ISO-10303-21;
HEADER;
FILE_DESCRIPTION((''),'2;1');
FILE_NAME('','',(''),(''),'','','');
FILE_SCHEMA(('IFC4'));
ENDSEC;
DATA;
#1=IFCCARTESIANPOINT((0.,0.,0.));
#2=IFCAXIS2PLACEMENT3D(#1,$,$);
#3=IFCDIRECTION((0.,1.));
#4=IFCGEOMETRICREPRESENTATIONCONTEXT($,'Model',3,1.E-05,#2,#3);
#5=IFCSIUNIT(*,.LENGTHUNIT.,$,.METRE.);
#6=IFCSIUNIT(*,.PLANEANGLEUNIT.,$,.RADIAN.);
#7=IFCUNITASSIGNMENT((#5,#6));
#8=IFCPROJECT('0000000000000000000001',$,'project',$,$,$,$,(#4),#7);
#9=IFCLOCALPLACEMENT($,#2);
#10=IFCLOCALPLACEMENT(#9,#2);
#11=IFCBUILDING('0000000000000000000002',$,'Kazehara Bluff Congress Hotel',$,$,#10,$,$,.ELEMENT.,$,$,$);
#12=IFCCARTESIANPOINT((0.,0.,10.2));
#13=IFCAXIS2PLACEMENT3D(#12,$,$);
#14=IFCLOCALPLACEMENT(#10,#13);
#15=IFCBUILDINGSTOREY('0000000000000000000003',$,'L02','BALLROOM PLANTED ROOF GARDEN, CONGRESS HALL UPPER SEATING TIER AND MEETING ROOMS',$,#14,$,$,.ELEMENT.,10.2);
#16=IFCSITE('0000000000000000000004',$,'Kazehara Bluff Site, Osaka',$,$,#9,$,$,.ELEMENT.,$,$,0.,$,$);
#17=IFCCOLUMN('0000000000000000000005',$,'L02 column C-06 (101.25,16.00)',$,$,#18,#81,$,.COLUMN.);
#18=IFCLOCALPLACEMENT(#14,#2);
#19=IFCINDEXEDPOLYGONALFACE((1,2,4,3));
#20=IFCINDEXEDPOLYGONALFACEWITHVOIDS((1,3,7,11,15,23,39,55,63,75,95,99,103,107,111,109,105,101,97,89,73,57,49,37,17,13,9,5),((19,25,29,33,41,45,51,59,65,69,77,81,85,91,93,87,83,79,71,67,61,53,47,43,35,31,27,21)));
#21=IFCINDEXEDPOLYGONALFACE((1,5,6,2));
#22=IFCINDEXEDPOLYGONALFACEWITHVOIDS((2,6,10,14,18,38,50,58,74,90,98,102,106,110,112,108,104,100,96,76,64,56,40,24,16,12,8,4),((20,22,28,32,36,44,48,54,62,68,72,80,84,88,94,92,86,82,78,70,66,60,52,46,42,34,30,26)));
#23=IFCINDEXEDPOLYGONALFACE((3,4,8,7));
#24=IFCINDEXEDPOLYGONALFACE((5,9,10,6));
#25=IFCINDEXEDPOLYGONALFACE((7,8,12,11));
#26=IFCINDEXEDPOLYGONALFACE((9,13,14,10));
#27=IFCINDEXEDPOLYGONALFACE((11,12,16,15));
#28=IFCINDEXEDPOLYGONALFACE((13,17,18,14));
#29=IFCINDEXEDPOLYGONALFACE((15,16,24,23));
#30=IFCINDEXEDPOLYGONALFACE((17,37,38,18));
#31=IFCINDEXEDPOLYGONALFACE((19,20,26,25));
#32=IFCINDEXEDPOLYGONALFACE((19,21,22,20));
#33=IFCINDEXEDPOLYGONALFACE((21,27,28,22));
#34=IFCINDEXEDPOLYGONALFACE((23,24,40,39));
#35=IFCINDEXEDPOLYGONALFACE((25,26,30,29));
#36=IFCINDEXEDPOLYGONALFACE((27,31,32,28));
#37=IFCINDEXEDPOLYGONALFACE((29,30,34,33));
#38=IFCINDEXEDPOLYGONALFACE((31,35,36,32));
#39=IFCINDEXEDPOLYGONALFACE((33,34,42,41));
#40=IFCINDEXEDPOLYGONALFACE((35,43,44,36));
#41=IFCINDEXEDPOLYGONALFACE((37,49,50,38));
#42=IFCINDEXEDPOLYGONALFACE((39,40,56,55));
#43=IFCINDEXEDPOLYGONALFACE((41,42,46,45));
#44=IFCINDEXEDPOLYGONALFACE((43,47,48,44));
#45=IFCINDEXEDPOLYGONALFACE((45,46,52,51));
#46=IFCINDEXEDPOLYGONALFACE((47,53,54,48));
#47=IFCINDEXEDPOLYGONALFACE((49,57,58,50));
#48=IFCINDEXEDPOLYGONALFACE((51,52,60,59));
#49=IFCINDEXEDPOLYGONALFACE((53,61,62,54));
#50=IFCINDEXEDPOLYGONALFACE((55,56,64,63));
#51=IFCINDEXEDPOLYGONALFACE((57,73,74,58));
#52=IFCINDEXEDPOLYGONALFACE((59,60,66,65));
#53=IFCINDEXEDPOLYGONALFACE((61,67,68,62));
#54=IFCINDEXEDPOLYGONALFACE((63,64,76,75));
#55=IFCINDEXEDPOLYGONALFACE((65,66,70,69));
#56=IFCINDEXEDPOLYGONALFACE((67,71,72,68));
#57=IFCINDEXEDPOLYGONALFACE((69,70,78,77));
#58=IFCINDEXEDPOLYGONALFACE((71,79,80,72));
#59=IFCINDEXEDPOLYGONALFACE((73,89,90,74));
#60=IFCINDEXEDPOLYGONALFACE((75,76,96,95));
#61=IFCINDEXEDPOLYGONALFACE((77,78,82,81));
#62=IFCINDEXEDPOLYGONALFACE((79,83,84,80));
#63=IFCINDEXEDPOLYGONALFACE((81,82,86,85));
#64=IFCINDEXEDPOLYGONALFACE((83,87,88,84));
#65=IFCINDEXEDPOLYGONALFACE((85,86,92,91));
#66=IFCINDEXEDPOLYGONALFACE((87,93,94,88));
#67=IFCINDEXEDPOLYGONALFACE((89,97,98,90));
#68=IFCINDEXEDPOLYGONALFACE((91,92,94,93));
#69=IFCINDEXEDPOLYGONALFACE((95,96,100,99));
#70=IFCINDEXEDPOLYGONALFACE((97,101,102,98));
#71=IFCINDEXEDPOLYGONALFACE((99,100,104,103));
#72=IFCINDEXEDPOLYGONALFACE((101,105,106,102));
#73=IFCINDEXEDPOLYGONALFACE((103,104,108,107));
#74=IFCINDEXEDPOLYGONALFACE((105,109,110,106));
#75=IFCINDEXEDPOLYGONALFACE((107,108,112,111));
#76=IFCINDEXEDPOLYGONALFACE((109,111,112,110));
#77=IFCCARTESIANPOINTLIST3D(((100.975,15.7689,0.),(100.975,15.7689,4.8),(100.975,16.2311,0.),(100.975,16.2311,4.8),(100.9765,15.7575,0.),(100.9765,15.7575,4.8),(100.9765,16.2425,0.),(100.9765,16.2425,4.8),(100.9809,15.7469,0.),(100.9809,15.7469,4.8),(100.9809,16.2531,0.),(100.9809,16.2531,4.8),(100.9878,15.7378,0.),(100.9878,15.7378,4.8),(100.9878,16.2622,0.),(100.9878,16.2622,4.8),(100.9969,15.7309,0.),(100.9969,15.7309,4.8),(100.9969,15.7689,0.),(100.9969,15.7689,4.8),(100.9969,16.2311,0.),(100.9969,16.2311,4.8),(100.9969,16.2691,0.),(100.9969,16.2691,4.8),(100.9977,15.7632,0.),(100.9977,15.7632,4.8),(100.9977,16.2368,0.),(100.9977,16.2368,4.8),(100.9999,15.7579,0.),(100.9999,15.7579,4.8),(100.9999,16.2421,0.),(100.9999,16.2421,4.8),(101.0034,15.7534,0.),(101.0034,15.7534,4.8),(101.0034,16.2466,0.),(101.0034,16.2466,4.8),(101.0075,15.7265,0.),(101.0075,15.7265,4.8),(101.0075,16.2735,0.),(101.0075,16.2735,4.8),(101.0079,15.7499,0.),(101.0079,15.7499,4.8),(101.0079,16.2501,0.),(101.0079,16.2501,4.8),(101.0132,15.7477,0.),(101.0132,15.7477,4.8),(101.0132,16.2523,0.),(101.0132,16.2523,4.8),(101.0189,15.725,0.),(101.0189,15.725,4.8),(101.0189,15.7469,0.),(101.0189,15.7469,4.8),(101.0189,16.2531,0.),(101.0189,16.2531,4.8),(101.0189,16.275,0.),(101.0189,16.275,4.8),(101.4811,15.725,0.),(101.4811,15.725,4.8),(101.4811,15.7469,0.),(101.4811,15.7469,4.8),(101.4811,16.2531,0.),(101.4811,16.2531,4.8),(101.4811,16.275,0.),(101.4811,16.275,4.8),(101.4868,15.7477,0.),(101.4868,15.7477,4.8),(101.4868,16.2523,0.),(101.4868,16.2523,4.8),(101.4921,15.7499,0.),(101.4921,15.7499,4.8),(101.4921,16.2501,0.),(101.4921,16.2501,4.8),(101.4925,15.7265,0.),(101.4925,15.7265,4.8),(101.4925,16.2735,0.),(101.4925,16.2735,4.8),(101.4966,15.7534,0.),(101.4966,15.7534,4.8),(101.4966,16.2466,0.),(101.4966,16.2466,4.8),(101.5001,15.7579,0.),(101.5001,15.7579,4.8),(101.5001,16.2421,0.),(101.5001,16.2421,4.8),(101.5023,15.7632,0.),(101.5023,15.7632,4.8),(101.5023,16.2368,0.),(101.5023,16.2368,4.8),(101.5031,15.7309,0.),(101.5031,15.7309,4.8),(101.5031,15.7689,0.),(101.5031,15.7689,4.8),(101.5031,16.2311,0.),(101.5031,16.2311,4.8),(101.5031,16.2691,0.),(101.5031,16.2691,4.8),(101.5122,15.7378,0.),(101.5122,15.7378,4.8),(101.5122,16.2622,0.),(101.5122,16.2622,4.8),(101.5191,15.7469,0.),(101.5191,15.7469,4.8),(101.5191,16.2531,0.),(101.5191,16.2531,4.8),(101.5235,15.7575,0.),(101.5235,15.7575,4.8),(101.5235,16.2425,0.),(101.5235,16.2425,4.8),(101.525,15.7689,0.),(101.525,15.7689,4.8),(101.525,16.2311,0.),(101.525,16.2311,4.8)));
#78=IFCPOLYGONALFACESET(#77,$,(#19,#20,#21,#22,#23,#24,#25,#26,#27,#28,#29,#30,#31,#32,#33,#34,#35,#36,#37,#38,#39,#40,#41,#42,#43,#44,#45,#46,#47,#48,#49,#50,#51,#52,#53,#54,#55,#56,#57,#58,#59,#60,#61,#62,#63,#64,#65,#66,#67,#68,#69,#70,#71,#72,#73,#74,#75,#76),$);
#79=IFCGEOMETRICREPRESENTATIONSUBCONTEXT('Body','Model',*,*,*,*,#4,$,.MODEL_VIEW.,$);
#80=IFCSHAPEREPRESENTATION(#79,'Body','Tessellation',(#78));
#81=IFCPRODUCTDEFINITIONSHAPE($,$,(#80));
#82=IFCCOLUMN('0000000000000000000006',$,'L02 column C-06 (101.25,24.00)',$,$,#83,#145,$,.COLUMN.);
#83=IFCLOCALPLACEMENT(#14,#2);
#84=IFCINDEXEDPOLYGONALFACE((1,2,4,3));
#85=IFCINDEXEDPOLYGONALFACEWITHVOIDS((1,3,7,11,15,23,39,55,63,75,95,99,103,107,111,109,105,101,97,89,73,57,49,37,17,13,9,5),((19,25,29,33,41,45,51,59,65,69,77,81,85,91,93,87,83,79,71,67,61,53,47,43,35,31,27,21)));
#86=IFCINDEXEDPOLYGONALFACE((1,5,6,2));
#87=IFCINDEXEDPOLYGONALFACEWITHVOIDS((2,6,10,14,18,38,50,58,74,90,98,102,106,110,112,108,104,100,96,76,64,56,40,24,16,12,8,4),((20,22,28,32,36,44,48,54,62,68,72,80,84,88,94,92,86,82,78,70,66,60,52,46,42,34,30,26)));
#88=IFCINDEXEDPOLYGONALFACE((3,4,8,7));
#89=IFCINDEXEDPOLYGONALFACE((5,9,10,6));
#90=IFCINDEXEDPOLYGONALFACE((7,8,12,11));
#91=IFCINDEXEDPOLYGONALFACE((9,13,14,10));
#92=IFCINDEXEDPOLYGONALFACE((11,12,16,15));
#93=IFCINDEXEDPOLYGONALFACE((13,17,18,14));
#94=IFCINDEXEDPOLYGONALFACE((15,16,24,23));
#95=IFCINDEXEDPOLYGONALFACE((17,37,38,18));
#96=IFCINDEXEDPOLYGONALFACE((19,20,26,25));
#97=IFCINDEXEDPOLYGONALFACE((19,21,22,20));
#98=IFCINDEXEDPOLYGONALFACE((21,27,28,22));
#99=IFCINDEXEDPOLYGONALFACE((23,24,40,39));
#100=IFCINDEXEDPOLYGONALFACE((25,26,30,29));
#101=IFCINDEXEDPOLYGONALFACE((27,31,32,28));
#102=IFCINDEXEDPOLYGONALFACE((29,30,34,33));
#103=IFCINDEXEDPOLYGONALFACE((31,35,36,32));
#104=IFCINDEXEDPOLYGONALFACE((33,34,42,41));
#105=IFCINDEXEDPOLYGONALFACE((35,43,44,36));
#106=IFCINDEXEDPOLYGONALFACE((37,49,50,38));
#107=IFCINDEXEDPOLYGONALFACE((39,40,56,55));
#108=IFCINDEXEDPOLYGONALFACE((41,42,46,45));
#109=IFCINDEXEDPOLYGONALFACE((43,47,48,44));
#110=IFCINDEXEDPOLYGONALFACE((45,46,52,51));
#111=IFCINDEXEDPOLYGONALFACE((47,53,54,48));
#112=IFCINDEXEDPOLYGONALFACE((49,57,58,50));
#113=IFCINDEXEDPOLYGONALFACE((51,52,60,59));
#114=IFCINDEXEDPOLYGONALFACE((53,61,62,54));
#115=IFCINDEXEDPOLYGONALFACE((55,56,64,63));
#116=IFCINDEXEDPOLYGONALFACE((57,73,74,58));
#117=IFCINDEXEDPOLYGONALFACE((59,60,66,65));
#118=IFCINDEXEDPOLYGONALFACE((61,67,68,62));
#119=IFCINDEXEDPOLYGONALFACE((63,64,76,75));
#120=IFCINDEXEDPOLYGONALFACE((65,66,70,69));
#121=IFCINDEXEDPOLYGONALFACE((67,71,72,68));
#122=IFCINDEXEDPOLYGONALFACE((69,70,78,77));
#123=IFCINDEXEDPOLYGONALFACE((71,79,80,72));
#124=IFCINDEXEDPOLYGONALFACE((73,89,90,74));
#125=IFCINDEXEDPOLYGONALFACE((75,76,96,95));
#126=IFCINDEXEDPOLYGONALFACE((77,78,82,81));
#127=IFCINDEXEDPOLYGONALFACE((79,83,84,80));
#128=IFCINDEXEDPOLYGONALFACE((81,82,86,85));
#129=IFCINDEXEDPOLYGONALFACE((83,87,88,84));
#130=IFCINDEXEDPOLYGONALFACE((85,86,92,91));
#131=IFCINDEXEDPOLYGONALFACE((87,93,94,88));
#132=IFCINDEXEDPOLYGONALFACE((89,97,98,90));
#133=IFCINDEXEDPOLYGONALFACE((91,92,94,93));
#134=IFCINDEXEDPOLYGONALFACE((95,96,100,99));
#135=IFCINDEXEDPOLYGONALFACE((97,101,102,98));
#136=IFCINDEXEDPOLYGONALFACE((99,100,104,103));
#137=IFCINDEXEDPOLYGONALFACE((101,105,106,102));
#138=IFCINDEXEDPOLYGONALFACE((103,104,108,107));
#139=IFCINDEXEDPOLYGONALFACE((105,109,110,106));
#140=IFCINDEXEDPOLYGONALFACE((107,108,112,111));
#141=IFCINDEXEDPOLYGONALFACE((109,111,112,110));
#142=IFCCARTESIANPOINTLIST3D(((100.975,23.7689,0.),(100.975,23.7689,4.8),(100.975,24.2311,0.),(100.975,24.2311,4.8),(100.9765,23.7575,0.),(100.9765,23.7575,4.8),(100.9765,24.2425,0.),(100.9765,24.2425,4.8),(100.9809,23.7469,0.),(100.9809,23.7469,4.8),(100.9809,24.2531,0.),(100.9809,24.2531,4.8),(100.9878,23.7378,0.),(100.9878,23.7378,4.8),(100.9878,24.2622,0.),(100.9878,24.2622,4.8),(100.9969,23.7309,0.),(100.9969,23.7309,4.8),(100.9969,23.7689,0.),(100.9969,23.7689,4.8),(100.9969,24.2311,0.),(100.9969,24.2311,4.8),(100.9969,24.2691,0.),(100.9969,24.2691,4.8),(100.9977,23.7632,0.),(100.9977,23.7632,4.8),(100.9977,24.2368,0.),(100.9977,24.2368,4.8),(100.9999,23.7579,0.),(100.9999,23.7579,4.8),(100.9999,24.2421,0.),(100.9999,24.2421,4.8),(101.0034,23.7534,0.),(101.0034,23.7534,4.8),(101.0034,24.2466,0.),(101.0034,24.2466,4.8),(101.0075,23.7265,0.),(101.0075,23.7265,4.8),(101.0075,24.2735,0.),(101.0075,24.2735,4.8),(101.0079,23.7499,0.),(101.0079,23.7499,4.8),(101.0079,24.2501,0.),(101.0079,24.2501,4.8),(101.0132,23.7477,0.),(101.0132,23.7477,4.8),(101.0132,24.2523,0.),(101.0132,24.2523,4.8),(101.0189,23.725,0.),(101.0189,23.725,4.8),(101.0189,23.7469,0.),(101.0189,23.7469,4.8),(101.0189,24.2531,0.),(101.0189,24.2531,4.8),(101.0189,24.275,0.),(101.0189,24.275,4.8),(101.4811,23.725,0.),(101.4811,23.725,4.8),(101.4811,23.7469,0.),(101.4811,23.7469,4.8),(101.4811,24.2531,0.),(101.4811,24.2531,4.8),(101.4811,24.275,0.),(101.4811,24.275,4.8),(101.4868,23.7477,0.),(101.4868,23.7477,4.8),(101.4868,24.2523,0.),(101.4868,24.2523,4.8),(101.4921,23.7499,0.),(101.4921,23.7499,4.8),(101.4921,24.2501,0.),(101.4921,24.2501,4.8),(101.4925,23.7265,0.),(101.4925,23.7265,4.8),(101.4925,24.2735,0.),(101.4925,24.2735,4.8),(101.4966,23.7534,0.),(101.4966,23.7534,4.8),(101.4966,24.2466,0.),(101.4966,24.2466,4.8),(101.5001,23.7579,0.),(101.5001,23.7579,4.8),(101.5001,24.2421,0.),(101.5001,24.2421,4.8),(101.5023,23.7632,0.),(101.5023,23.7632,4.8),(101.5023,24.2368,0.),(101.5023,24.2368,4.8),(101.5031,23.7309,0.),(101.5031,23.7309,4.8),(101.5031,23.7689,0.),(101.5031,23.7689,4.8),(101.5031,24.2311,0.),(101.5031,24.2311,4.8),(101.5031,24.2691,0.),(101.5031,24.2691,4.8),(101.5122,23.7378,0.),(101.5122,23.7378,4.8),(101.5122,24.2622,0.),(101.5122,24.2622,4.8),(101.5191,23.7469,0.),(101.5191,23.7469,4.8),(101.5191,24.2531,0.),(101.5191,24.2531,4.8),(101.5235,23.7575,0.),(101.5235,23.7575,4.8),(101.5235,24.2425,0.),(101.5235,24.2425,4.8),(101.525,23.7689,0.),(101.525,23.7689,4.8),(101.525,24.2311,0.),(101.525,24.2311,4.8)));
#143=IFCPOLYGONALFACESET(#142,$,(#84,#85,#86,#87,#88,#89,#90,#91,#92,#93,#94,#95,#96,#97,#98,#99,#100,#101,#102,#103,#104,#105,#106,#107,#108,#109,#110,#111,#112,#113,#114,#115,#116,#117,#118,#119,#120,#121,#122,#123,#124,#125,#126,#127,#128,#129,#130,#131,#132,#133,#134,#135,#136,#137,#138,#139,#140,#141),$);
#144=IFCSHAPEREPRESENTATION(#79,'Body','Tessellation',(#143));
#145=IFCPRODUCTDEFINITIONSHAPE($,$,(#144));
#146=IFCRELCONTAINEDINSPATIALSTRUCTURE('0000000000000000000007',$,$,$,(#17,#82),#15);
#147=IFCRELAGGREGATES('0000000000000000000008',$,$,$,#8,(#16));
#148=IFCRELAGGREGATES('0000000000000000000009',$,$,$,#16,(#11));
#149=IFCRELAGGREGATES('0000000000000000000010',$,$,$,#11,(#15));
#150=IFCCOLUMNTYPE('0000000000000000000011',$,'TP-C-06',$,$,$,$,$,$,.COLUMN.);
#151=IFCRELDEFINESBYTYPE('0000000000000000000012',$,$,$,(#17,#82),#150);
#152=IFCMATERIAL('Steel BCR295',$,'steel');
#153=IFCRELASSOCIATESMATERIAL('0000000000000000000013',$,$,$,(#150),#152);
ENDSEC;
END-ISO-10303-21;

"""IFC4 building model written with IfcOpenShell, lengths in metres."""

from ifc_helpers import new_model, si_unit, direction, frame, origin, origin_2d, place, context, subcontext, project, spatial, hollow_rectangle, extrude, material, material_profile, profile_set, type_object, element, save


model = new_model("IFC4")

# Units and contexts
model_context = context("Model", 3, precision=1e-05, world=origin(), true_north=direction((0.0, 1.0)))
body_context = subcontext(model_context, "Body", "Model", "MODEL_VIEW")
ifc_project = project(units=[si_unit("LENGTHUNIT", "METRE"), si_unit("PLANEANGLEUNIT", "RADIAN")], contexts=[model_context])

# Site, building, storey
site_placement = place(None, origin())
site = spatial("IfcSite", under=ifc_project, at=site_placement, Name="Kazehara Bluff Site, Osaka", CompositionType="ELEMENT", RefElevation=0.0)
building_placement = place(site_placement, origin())
building = spatial("IfcBuilding", under=site, at=building_placement, Name="Kazehara Bluff Congress Hotel", CompositionType="ELEMENT")
storey_placement = place(building_placement, frame((0.0, 0.0, 10.2)))
storey = spatial("IfcBuildingStorey", under=building, at=storey_placement, Name="L02", Description="BALLROOM PLANTED ROOF GARDEN, CONGRESS HALL UPPER SEATING TIER AND MEETING ROOMS", CompositionType="ELEMENT", Elevation=10.2)

# Columns
ifc_material_1 = material(Name="Steel BCR295", Category="steel")
ifc_material_profile_1 = material_profile(ifc_material_1, hollow_rectangle(XDim=0.55, YDim=0.55, WallThickness=0.022, InnerFilletRadius=0.022, OuterFilletRadius=0.0439, at=origin_2d()))
ifc_profile_set_1 = profile_set([ifc_material_profile_1], Name="Steel BCR295")
column_type = type_object("IfcColumnType", Name="TP-C-06", PredefinedType="COLUMN", material=ifc_profile_set_1)
for number, where, z_axis, x_axis, name in (
    (1, (101.25, 16.0, 0.0), (0.0, 0.0, 1.0), (1.0, 0.0, 0.0), "L02 column C-06 (101.25,16.00)"),
    (2, (101.25, 24.0, 0.0), (0.0, 0.0, 1.0), (1.0, 0.0, 0.0), "L02 column C-06 (101.25,24.00)"),
):
    element("IfcColumn", number, at=place(storey_placement, frame(where, z_axis=z_axis, x_axis=x_axis)), inside=storey, type_object=column_type, Name=name, PredefinedType="COLUMN", context=body_context, shape_type="SweptSolid", body=[
        extrude(hollow_rectangle(XDim=0.55, YDim=0.55, WallThickness=0.022, InnerFilletRadius=0.022, OuterFilletRadius=0.0439, at=origin_2d()), origin(), (0.0, 0.0, 1.0), 4.8),
    ])

save(model, "model.ifc")
